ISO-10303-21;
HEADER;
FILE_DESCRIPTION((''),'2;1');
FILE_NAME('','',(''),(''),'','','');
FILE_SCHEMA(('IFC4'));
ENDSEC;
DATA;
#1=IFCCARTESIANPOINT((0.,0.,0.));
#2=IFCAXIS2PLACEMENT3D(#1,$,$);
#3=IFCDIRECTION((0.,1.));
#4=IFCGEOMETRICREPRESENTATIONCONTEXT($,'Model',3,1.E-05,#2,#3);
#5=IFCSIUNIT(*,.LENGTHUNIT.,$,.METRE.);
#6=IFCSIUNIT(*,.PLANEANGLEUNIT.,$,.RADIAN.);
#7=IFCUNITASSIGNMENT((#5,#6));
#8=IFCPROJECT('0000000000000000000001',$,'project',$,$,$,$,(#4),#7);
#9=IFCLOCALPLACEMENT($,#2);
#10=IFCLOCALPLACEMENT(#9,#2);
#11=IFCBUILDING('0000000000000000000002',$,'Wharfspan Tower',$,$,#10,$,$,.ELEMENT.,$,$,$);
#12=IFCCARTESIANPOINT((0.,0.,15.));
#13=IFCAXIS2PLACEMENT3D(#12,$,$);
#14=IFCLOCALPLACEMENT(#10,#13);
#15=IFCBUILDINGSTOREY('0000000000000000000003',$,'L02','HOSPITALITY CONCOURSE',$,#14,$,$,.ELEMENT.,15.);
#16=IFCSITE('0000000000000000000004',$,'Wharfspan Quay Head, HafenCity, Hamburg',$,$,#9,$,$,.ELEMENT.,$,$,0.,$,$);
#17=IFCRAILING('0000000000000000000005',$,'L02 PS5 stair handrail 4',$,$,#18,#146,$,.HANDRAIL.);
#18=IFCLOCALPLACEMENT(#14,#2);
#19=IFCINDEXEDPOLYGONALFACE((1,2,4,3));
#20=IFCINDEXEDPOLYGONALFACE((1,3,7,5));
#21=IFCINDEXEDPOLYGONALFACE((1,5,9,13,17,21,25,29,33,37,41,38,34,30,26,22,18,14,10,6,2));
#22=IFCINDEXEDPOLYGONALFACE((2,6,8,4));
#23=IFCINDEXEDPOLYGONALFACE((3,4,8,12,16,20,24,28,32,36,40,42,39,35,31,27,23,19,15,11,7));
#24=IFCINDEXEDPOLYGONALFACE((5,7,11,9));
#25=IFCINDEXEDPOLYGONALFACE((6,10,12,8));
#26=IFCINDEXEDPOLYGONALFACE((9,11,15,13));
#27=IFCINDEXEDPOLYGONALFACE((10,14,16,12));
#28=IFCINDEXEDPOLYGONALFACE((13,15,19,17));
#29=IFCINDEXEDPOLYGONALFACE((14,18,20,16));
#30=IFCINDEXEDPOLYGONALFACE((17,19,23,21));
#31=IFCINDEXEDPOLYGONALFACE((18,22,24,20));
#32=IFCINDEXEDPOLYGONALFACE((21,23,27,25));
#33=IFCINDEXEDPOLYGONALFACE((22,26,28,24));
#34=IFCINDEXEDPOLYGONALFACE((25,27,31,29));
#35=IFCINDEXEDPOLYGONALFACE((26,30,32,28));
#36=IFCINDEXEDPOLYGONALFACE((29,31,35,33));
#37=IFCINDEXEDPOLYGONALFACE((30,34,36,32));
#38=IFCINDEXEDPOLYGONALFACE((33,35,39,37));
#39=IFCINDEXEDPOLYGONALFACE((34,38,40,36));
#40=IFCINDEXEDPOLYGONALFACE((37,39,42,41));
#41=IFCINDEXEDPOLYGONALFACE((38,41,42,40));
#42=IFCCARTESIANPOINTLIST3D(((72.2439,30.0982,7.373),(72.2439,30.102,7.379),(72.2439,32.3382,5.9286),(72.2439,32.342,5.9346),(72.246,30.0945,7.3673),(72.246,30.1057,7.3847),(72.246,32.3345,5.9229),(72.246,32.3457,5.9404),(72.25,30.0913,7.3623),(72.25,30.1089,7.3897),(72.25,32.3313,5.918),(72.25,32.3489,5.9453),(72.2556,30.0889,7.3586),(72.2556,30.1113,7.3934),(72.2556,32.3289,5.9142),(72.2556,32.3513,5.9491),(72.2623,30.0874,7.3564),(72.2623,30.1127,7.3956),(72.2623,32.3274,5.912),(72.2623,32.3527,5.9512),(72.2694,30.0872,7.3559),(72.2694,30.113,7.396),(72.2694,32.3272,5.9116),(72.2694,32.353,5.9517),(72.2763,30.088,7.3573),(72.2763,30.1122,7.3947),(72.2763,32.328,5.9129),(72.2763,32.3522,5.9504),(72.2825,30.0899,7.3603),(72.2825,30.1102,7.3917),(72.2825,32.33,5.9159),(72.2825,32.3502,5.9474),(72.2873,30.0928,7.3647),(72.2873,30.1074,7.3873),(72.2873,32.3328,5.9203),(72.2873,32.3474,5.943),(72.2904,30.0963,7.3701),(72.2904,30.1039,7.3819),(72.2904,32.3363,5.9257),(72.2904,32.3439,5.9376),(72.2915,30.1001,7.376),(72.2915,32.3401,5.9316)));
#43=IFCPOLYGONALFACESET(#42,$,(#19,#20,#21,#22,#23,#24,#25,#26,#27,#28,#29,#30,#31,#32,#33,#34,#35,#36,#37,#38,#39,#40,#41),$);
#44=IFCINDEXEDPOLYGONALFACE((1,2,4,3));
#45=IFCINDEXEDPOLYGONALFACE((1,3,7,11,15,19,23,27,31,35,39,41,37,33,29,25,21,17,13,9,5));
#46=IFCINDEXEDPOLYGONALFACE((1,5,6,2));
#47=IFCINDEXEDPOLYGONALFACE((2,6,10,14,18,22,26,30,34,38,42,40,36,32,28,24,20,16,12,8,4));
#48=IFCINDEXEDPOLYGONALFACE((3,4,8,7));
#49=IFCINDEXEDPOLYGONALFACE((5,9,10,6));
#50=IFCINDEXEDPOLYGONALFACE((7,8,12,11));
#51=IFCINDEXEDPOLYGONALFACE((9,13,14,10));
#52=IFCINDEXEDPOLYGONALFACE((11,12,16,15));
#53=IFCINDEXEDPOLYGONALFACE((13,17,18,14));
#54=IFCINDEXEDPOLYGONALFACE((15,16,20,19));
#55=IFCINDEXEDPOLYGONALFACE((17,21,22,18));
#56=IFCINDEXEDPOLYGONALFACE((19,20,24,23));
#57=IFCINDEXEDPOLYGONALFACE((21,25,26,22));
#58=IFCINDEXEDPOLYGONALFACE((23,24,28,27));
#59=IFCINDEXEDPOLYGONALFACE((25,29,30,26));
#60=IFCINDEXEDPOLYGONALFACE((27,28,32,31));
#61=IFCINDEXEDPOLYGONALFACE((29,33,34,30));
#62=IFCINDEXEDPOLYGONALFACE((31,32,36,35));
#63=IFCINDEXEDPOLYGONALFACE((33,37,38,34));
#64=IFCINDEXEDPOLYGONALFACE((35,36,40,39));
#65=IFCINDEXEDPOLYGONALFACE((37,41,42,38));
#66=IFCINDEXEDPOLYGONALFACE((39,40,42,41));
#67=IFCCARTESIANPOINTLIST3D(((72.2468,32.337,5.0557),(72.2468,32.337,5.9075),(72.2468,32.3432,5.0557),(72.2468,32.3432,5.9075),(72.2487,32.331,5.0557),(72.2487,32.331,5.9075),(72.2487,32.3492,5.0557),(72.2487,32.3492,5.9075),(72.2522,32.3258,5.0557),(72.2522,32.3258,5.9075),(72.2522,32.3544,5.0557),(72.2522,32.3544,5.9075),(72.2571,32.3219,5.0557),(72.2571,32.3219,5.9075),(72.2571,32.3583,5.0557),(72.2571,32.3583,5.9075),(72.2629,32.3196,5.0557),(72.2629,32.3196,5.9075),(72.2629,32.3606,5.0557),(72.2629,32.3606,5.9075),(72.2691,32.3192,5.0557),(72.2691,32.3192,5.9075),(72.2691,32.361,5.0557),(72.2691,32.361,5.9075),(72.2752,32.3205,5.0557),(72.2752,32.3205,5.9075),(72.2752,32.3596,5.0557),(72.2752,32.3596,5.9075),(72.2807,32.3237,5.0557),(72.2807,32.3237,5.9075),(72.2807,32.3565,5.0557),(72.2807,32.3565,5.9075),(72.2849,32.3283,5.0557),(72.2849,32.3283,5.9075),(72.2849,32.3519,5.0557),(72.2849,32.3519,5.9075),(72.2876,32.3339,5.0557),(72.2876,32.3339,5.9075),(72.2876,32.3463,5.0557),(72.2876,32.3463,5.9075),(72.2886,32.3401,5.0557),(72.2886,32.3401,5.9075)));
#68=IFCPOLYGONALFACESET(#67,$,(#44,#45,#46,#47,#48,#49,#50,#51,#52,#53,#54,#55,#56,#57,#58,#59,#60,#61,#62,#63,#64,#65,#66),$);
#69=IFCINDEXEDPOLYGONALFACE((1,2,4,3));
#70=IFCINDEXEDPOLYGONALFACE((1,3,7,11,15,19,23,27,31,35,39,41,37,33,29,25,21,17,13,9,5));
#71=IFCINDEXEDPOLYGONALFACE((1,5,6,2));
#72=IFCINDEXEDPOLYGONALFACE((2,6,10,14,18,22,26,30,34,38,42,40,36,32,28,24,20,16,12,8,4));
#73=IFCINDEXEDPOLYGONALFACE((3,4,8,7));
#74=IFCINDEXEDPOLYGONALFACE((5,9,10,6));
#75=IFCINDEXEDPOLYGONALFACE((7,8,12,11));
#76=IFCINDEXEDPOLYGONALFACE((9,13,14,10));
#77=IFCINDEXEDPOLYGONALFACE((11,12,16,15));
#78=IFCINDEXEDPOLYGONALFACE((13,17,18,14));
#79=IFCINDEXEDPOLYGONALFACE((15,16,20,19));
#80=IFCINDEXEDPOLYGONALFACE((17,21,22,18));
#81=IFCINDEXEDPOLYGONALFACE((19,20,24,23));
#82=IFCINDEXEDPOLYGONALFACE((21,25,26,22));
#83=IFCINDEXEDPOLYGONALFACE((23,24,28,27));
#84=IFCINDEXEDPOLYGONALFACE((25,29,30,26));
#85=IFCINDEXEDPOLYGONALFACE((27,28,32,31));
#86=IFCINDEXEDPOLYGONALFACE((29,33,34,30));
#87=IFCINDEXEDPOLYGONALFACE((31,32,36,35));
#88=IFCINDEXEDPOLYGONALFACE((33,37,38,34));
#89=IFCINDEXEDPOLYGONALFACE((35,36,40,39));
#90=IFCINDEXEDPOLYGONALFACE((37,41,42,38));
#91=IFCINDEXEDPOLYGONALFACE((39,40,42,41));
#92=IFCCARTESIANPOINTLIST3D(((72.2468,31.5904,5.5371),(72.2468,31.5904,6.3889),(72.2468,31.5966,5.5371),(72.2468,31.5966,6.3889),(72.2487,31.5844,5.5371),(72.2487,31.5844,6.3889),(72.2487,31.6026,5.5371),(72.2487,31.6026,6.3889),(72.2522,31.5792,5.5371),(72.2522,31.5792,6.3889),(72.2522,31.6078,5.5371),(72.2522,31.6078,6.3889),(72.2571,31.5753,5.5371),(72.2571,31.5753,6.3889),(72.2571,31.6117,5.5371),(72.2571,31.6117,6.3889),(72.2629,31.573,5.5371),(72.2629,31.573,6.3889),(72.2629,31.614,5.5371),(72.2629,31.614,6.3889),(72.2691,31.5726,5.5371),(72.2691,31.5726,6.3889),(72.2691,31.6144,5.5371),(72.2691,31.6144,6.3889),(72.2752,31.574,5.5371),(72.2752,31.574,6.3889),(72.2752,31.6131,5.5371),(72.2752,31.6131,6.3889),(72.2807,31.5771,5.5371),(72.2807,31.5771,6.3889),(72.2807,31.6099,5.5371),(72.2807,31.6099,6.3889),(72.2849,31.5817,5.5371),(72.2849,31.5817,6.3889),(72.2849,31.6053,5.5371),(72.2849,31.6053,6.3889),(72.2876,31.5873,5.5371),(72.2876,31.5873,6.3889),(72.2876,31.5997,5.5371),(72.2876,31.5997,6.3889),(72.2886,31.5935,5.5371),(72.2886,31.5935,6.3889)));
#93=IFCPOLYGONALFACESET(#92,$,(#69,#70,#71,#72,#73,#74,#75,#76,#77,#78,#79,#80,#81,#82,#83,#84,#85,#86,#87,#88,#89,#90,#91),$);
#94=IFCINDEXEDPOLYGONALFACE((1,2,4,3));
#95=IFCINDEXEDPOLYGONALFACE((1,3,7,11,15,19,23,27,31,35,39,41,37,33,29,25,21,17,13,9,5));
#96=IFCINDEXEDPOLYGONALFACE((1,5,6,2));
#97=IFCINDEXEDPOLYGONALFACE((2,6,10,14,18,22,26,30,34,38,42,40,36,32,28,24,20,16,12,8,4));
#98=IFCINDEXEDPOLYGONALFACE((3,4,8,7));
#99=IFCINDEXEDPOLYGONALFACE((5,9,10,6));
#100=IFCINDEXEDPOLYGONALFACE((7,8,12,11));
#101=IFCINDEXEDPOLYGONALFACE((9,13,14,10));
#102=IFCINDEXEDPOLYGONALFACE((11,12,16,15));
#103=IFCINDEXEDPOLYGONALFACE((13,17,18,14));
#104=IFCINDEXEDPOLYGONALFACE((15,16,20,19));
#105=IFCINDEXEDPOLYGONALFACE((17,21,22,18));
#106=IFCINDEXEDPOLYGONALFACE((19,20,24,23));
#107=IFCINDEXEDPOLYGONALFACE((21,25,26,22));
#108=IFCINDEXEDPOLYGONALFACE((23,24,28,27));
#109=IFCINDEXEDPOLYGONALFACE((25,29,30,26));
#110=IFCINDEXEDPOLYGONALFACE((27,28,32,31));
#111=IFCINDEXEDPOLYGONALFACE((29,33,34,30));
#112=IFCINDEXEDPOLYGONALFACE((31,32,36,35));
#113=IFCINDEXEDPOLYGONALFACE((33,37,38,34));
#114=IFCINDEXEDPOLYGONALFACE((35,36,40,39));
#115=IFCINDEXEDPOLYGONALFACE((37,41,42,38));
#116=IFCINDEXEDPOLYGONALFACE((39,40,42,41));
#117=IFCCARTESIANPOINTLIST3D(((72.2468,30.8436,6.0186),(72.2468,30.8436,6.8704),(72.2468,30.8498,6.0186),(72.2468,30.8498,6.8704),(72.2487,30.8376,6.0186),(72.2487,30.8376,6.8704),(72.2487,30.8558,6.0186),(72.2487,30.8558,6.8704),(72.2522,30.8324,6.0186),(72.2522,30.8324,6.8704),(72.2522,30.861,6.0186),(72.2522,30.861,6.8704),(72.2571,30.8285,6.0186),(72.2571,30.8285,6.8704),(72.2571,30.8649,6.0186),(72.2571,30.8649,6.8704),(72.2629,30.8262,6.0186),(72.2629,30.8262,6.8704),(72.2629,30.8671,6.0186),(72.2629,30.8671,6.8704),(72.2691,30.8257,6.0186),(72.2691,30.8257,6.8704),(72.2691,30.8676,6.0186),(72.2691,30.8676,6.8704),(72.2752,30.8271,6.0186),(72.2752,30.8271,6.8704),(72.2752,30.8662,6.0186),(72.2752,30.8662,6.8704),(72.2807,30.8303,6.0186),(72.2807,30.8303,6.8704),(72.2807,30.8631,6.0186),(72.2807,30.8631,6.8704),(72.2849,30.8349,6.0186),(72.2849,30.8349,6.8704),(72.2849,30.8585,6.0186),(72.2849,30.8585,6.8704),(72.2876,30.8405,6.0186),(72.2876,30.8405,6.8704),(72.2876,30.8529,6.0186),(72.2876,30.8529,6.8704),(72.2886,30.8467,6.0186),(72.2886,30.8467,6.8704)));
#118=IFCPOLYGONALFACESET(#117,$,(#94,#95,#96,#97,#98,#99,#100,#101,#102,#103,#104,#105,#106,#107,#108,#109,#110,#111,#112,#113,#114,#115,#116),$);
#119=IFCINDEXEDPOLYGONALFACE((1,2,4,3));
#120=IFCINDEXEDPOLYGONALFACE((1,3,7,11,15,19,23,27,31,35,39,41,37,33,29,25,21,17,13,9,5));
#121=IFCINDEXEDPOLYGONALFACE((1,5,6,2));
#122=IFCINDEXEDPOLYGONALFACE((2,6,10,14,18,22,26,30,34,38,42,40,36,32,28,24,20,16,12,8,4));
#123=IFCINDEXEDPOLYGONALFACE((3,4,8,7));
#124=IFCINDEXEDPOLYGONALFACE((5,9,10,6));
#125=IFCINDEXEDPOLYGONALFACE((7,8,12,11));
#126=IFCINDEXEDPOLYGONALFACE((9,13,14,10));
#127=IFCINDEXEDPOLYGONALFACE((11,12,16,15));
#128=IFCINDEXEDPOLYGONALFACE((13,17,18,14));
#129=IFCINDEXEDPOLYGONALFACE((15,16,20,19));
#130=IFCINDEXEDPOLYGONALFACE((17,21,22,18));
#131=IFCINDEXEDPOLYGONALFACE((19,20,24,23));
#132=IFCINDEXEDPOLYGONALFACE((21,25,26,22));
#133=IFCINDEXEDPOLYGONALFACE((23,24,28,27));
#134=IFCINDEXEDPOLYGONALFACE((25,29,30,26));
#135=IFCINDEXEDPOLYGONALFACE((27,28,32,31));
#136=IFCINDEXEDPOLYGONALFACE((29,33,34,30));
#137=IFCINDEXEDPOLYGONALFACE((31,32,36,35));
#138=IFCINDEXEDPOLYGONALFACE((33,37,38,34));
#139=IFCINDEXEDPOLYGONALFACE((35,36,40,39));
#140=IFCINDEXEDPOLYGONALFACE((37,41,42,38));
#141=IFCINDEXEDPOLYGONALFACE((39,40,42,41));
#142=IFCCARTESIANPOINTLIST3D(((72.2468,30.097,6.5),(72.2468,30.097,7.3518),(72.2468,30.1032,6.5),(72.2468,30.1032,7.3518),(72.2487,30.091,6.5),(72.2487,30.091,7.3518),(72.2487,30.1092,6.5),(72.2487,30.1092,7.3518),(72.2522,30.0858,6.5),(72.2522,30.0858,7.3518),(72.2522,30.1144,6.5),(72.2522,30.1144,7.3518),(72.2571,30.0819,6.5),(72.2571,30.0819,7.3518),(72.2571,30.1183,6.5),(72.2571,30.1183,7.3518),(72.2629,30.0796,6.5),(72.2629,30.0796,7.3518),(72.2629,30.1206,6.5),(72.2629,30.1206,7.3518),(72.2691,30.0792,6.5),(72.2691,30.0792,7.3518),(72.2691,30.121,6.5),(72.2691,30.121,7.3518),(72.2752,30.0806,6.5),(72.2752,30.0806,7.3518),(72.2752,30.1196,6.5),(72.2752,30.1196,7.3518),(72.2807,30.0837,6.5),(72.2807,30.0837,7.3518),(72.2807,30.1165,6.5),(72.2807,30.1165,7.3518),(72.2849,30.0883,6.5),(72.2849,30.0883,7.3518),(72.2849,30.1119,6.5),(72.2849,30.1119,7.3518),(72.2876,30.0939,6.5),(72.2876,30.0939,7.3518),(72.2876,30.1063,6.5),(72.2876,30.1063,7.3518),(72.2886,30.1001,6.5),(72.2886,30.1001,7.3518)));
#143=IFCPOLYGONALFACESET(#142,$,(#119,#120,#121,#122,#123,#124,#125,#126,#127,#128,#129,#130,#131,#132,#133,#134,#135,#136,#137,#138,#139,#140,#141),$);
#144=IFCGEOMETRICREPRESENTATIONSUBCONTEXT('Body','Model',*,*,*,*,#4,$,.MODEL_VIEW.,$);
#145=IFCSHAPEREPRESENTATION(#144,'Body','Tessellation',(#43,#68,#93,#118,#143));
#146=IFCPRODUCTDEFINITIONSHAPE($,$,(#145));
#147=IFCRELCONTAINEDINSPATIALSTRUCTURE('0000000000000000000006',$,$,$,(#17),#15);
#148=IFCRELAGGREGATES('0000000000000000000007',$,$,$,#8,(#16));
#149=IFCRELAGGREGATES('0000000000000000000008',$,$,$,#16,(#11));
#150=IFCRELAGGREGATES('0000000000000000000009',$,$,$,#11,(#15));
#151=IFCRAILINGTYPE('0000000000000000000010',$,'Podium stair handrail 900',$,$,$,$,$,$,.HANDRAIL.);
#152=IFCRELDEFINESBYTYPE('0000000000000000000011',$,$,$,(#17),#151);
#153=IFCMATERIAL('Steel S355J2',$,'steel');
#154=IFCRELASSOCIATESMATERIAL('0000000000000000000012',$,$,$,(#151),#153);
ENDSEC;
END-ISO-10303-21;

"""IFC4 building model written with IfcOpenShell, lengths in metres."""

from ifc_helpers import new_model, si_unit, direction, frame, origin, origin_2d, place, context, subcontext, project, spatial, circle, extrude, material, type_object, element, save


model = new_model("IFC4")

# Units and contexts
model_context = context("Model", 3, precision=1e-05, world=origin(), true_north=direction((0.0, 1.0)))
body_context = subcontext(model_context, "Body", "Model", "MODEL_VIEW")
ifc_project = project(units=[si_unit("LENGTHUNIT", "METRE"), si_unit("PLANEANGLEUNIT", "RADIAN")], contexts=[model_context])

# Site, building, storey
site_placement = place(None, origin())
site = spatial("IfcSite", under=ifc_project, at=site_placement, Name="Wharfspan Quay Head, HafenCity, Hamburg", CompositionType="ELEMENT", RefElevation=0.0)
building_placement = place(site_placement, origin())
building = spatial("IfcBuilding", under=site, at=building_placement, Name="Wharfspan Tower", CompositionType="ELEMENT")
storey_placement = place(building_placement, frame((0.0, 0.0, 15.0)))
storey = spatial("IfcBuildingStorey", under=building, at=storey_placement, Name="L02", Description="HOSPITALITY CONCOURSE", CompositionType="ELEMENT", Elevation=15.0)

# Railing
ifc_material_1 = material(Name="Steel S355J2", Category="steel")
railing_type_1 = type_object("IfcRailingType", Name="Podium stair handrail 900", PredefinedType="HANDRAIL", material=ifc_material_1)
for number, where, name in (
    (1, (72.2676, 32.3401, 5.0557), "L02 PS5 stair handrail 4"),
):
    element("IfcRailing", number, at=place(storey_placement, frame(where)), inside=storey, type_object=railing_type_1, Name=name, PredefinedType="HANDRAIL", context=body_context, shape_type="SweptSolid", body=[
        extrude(circle(Radius=0.0239, at=origin_2d()), frame((0.0, 0.0, 0.876), z_axis=(0.0, -0.840437, 0.54191), x_axis=(1.0, 0.0, 0.0)), (0.0, 0.0, 1.0), 2.6653),
        extrude(circle(Radius=0.021, at=origin_2d()), origin(), (0.0, 0.0, 1.0), 0.8518),
        extrude(circle(Radius=0.021, at=origin_2d()), frame((0.0, -0.7466, 0.4814)), (0.0, 0.0, 1.0), 0.8518),
        extrude(circle(Radius=0.021, at=origin_2d()), frame((0.0, -1.4934, 0.9629)), (0.0, 0.0, 1.0), 0.8518),
        extrude(circle(Radius=0.021, at=origin_2d()), frame((0.0, -2.24, 1.4443)), (0.0, 0.0, 1.0), 0.8518),
    ])

save(model, "model.ifc")
